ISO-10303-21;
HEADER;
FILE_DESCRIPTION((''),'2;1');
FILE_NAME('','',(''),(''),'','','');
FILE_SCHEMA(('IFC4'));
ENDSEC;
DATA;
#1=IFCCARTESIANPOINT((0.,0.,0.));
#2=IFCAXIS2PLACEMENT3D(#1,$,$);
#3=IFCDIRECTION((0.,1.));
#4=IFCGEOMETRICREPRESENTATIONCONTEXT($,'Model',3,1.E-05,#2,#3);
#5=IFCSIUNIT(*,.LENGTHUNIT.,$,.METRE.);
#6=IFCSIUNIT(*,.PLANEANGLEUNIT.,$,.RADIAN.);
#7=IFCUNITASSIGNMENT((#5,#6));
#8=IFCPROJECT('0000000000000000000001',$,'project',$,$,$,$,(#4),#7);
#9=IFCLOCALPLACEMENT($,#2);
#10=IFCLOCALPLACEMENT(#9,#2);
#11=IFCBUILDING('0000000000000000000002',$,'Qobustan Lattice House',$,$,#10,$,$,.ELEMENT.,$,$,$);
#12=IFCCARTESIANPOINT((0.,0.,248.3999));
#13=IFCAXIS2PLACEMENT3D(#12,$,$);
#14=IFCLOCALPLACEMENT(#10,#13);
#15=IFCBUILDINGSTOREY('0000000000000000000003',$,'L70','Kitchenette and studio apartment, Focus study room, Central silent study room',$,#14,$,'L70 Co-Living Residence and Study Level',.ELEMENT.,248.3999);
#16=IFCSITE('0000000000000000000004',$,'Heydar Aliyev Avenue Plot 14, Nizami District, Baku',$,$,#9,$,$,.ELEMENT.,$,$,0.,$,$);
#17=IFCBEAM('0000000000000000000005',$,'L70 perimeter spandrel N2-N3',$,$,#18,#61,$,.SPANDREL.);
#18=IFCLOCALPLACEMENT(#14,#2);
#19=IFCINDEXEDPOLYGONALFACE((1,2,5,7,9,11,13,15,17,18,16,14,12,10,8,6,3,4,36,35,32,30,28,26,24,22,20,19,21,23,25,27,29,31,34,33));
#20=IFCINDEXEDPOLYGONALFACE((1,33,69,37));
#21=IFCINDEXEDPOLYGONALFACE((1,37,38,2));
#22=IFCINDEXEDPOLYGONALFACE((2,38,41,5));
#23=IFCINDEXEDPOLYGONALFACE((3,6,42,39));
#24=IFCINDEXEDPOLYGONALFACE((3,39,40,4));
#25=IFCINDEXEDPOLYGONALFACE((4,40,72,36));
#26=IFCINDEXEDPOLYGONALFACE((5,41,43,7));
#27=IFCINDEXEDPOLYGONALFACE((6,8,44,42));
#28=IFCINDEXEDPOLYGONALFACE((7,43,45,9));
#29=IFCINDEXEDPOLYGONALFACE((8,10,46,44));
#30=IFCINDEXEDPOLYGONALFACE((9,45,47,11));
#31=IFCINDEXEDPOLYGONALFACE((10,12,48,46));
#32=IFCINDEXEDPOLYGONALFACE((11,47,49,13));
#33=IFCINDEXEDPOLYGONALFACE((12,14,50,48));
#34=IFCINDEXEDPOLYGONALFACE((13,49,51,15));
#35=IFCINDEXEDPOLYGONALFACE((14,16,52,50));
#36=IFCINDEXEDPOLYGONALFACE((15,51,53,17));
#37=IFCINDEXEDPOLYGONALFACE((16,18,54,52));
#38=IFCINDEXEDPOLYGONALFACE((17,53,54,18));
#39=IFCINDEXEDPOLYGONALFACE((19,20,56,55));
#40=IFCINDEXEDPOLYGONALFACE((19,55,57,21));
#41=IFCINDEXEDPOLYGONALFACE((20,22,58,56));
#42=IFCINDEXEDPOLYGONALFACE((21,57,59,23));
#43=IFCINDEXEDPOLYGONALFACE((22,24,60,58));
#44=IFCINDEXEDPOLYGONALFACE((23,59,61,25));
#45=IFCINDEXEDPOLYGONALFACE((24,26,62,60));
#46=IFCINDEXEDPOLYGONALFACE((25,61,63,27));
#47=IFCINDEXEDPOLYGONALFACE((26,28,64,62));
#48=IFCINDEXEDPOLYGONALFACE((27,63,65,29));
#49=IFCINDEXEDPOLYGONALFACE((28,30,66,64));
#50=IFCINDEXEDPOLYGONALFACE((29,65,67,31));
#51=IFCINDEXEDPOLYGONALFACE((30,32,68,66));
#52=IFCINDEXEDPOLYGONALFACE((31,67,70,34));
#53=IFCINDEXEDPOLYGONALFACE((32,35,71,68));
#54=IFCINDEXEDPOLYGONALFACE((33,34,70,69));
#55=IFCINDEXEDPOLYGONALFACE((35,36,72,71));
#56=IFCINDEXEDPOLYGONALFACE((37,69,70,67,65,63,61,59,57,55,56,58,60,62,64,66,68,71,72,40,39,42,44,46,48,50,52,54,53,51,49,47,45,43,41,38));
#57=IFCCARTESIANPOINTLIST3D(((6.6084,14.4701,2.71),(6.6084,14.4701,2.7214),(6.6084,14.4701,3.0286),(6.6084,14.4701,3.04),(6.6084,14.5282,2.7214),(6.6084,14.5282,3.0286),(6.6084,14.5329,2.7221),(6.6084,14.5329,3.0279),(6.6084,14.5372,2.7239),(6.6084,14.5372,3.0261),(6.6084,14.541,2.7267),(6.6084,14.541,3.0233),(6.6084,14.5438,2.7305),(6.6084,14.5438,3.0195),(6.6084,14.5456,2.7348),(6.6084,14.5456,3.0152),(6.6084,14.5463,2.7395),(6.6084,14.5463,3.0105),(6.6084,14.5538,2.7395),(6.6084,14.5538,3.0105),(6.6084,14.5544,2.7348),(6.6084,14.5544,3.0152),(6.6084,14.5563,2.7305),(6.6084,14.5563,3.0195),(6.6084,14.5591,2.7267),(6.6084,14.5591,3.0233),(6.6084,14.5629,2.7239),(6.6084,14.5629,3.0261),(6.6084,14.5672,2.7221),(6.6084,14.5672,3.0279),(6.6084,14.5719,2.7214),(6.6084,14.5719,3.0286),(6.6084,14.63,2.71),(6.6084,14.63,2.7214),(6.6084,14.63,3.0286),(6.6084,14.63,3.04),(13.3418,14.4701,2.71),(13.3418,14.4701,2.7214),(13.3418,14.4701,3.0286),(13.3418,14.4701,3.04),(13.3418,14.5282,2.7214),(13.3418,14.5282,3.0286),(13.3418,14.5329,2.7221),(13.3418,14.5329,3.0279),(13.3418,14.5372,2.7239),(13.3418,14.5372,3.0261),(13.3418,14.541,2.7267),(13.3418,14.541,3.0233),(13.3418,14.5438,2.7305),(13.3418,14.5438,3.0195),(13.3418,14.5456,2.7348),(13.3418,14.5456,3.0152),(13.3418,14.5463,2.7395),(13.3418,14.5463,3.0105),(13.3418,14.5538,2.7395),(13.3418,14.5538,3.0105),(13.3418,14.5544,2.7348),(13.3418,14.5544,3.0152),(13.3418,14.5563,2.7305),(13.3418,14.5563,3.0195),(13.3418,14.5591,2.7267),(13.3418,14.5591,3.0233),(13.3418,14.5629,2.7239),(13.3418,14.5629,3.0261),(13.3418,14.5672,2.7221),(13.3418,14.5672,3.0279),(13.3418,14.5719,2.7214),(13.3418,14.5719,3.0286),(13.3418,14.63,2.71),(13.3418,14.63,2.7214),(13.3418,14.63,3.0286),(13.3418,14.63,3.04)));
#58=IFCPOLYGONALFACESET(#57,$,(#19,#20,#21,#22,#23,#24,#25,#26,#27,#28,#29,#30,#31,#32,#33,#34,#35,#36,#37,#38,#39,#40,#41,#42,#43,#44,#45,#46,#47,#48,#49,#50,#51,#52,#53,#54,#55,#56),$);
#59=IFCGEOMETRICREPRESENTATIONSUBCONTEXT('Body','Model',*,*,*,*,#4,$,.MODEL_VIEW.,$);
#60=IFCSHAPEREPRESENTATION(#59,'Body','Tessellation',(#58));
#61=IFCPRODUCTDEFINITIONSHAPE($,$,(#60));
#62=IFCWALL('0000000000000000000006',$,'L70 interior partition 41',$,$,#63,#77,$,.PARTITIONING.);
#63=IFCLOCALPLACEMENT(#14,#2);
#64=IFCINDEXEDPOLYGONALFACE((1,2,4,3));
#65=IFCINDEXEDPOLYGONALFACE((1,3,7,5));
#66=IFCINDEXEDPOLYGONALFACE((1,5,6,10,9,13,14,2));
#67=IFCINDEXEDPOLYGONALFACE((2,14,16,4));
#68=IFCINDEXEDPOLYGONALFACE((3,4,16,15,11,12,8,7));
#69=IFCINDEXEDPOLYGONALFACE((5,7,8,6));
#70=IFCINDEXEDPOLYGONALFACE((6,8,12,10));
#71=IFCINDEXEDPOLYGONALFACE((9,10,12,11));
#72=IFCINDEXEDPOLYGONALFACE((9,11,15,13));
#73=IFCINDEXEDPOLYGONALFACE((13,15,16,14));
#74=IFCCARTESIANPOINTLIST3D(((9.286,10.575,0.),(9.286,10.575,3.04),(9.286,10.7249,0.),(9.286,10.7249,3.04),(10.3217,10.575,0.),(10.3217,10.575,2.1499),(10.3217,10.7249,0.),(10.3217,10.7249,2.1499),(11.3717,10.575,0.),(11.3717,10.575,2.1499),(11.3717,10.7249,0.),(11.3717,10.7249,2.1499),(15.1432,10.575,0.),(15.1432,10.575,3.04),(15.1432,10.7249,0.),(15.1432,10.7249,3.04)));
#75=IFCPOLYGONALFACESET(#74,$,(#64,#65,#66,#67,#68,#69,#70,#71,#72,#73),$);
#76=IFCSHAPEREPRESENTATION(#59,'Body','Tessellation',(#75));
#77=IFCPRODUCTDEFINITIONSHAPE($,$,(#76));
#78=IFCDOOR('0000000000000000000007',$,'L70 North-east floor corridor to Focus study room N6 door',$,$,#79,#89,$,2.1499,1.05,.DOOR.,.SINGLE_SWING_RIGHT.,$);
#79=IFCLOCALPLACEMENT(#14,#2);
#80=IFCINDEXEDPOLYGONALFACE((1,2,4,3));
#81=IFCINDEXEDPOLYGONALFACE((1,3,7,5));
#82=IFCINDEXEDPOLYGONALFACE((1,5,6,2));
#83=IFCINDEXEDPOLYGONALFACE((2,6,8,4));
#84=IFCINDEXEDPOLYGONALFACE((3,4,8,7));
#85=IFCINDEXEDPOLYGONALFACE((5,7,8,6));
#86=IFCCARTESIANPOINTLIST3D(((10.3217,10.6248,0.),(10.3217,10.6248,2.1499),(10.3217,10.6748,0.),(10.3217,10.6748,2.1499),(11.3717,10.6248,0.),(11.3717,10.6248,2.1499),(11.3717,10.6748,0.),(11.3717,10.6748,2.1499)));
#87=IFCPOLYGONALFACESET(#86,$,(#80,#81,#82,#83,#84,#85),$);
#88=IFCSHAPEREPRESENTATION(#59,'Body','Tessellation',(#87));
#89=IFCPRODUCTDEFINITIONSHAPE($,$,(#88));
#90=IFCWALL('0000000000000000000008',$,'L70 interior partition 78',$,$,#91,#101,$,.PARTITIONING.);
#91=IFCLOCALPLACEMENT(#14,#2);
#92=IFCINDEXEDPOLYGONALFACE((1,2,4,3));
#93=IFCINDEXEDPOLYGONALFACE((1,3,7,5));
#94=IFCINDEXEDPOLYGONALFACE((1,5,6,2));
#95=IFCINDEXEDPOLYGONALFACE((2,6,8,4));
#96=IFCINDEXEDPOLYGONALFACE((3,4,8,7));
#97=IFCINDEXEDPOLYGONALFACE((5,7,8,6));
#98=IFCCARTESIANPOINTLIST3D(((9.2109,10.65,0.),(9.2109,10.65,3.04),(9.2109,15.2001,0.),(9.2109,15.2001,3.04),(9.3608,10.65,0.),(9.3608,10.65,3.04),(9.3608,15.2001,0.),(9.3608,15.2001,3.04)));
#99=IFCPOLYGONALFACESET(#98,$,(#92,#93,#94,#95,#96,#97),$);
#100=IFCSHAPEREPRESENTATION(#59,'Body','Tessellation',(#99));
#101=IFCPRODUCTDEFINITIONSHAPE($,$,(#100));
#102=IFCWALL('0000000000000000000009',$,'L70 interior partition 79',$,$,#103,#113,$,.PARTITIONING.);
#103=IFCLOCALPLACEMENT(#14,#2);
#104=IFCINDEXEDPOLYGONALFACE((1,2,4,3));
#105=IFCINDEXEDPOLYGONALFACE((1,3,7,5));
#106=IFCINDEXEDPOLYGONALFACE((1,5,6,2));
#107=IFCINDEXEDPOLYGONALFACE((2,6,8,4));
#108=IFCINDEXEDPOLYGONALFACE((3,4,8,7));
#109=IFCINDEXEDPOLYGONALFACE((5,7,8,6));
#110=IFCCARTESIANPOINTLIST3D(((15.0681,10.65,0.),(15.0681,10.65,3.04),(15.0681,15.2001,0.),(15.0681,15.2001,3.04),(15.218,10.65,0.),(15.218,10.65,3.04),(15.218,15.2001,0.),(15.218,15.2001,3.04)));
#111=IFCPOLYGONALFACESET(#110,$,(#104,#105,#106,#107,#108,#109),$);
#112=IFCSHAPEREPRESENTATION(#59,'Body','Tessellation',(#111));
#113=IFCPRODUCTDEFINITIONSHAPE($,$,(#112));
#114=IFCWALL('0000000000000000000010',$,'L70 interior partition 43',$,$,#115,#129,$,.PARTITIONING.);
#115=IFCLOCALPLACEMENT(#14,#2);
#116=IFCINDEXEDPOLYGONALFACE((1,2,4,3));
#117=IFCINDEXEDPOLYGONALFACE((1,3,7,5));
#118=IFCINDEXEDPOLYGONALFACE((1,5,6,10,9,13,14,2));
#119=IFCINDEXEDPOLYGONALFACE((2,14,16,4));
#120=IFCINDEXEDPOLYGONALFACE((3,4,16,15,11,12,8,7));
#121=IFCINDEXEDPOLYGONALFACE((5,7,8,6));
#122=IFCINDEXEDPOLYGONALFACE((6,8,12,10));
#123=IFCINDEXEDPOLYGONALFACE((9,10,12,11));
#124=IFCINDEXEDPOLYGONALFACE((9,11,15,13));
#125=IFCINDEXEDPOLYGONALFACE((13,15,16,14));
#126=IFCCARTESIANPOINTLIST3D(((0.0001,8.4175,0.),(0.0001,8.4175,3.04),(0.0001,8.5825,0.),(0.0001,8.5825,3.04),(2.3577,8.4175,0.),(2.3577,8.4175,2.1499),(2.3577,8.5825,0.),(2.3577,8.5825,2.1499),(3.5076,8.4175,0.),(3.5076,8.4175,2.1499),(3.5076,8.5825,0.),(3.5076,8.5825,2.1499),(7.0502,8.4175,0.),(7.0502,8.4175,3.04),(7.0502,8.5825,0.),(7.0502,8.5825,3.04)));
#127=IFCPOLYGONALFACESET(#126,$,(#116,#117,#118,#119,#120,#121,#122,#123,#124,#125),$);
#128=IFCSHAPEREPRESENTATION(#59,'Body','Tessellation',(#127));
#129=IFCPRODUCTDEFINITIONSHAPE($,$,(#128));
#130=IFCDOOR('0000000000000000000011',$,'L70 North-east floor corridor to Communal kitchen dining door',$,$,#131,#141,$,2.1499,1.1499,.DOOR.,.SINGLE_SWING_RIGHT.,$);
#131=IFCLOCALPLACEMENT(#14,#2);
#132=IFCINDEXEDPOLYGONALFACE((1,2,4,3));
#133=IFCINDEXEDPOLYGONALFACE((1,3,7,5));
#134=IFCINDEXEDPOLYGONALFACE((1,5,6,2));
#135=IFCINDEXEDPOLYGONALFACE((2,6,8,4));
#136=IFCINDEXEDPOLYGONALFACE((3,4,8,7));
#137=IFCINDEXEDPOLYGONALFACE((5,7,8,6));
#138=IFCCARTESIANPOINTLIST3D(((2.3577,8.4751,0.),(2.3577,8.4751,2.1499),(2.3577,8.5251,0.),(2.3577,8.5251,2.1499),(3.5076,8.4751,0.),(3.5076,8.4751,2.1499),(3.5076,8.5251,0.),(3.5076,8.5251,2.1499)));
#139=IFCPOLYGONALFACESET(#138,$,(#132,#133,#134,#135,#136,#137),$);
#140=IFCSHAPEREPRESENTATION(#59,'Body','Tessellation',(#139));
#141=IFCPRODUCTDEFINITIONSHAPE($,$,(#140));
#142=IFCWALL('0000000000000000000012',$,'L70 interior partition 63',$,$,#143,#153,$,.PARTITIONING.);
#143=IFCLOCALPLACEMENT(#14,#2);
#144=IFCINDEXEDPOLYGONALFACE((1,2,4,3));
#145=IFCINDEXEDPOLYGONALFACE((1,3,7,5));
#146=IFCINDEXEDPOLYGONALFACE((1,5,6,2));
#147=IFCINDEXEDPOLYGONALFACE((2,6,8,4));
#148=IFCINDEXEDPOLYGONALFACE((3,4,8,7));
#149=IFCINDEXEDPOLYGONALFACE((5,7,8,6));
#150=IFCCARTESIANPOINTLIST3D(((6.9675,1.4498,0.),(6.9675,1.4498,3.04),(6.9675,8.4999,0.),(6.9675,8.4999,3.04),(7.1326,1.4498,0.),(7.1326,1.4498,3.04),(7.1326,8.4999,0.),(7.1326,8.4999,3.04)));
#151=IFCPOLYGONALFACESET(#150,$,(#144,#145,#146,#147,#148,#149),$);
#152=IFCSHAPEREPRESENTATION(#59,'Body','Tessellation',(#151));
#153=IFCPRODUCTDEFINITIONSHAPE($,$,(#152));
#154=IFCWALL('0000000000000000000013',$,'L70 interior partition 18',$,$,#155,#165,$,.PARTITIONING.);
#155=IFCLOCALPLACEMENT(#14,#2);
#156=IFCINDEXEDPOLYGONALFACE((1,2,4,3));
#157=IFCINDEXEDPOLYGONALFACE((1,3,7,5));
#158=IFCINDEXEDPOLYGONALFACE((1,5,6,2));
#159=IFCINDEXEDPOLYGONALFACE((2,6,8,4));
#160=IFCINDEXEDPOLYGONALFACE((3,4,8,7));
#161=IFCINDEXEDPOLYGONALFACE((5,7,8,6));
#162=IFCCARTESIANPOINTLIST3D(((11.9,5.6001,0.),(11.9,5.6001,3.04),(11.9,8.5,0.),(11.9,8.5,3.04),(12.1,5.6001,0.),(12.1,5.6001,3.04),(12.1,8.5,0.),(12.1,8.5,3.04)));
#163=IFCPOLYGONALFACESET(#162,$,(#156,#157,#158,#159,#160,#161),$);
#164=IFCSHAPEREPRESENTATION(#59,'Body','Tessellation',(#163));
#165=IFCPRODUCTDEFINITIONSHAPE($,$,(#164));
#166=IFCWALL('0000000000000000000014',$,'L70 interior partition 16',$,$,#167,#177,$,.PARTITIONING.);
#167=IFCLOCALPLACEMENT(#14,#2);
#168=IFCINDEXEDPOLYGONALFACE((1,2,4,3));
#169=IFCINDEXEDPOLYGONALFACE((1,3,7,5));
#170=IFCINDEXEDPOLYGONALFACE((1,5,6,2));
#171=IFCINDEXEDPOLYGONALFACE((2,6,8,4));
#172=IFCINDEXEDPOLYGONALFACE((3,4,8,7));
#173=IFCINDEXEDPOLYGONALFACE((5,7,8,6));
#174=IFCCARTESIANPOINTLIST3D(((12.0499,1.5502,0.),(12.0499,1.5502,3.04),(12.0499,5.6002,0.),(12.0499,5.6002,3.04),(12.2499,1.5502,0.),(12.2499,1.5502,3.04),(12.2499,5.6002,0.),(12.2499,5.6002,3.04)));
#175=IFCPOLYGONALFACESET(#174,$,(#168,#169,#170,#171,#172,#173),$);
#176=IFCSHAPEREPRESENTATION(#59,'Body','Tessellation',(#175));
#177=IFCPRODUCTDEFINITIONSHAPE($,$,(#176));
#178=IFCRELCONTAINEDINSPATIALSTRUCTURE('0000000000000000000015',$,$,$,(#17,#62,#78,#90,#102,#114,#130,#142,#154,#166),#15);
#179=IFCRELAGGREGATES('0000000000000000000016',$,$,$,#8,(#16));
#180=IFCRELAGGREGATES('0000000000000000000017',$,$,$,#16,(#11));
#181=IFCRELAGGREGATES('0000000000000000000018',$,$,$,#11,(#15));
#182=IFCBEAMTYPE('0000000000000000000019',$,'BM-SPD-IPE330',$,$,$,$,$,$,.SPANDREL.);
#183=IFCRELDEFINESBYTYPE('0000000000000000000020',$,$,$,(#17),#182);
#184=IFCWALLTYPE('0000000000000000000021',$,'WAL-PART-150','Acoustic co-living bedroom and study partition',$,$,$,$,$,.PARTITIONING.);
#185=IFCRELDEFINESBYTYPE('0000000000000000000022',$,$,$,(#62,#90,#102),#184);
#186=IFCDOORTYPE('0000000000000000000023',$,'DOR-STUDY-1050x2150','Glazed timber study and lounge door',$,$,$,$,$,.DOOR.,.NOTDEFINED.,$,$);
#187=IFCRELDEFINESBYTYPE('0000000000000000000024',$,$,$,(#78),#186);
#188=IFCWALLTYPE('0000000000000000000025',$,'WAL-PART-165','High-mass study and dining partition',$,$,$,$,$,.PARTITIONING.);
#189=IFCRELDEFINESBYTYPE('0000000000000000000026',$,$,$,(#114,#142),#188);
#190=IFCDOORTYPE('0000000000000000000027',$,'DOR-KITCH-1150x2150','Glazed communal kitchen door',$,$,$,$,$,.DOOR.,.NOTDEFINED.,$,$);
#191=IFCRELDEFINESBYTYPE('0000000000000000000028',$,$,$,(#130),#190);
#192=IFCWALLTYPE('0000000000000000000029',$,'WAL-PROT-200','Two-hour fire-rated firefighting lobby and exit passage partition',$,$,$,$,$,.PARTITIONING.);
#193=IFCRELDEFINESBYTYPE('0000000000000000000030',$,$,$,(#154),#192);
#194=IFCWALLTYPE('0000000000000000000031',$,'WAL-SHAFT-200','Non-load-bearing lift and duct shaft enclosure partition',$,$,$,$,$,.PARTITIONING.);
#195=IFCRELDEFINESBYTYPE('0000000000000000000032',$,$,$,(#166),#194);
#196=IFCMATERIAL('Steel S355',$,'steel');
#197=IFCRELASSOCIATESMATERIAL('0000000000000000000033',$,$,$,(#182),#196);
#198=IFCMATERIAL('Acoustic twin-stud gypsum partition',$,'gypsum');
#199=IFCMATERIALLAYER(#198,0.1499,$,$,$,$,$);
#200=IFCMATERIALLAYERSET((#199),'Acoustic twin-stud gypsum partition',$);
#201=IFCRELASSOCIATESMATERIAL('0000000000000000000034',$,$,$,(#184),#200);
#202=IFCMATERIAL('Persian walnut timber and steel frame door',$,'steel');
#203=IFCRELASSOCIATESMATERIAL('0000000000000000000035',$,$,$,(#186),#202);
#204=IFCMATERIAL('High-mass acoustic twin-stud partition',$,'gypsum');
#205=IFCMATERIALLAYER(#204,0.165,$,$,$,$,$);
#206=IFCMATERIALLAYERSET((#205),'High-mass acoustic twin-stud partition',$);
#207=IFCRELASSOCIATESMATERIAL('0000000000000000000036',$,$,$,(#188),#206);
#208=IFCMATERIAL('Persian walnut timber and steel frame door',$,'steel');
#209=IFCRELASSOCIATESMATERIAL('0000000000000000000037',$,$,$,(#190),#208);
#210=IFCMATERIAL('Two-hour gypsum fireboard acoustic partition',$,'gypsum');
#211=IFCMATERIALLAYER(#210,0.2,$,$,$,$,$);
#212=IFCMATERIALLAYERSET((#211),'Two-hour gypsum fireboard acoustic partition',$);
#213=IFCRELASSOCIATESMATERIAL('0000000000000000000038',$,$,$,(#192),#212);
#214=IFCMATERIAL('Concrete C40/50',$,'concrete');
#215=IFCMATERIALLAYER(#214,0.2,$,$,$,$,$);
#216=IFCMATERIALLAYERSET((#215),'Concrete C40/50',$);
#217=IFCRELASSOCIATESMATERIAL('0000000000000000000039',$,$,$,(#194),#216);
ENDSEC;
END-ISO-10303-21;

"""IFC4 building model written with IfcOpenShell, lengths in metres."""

from ifc_helpers import new_model, si_unit, direction, frame, frame_2d, origin, origin_2d, place, context, subcontext, project, spatial, rectangle, i_section, extrude, material, layer, layer_set, material_profile, profile_set, type_object, element, fill, save


model = new_model("IFC4")

# Units and contexts
model_context = context("Model", 3, precision=1e-05, world=origin(), true_north=direction((0.0, 1.0)))
body_context = subcontext(model_context, "Body", "Model", "MODEL_VIEW")
ifc_project = project(units=[si_unit("LENGTHUNIT", "METRE"), si_unit("PLANEANGLEUNIT", "RADIAN")], contexts=[model_context])

# Site, building, storey
site_placement = place(None, origin())
site = spatial("IfcSite", under=ifc_project, at=site_placement, Name="Heydar Aliyev Avenue Plot 14, Nizami District, Baku", CompositionType="ELEMENT", RefElevation=0.0)
building_placement = place(site_placement, origin())
building = spatial("IfcBuilding", under=site, at=building_placement, Name="Qobustan Lattice House", CompositionType="ELEMENT")
storey_placement = place(building_placement, frame((0.0, 0.0, 248.3999)))
storey = spatial("IfcBuildingStorey", under=building, at=storey_placement, Name="L70", Description="Kitchenette and studio apartment, Focus study room, Central silent study room", LongName="L70 Co-Living Residence and Study Level", CompositionType="ELEMENT", Elevation=248.3999)

# Beam
ifc_material_1 = material(Name="Steel S355", Category="steel")
ifc_material_profile_1 = material_profile(ifc_material_1, i_section(OverallWidth=0.1599, OverallDepth=0.3301, WebThickness=0.0076, FlangeThickness=0.0115, FilletRadius=0.0181, at=origin_2d()), Name="IPE330")
ifc_profile_set_1 = profile_set([ifc_material_profile_1], Name="Steel S355")
beam_type_1 = type_object("IfcBeamType", Name="BM-SPD-IPE330", PredefinedType="SPANDREL", material=ifc_profile_set_1)
beam_1_placement = place(storey_placement, frame((13.3418, 14.55, 2.875), z_axis=(-1.0, 0.0, 0.0), x_axis=(0.0, -1.0, 0.0)))
element("IfcBeam", 1, at=beam_1_placement, inside=storey, type_object=beam_type_1, Name="L70 perimeter spandrel N2-N3", PredefinedType="SPANDREL", context=body_context, shape_type="SweptSolid", body=[
    extrude(i_section(OverallWidth=0.1599, OverallDepth=0.3301, WebThickness=0.0076, FlangeThickness=0.0115, FilletRadius=0.0181, at=origin_2d()), origin(), (0.0, 0.0, 1.0), 6.7334),
])

# Wall, opening, door
ifc_material_2 = material(Name="Acoustic twin-stud gypsum partition", Category="gypsum")
ifc_layer_1 = layer(ifc_material_2, 0.1499)
ifc_layer_set_1 = layer_set([ifc_layer_1], Name="Acoustic twin-stud gypsum partition")
wall_type_1 = type_object("IfcWallType", Name="WAL-PART-150", Description="Acoustic co-living bedroom and study partition", PredefinedType="PARTITIONING", material=ifc_layer_set_1)
wall_1_placement = place(storey_placement, frame((9.2859, 10.6499, 0.0), z_axis=(0.0, 0.0, 1.0), x_axis=(1.0, 0.0, 0.0)))
wall_1 = element("IfcWall", 2, at=wall_1_placement, inside=storey, type_object=wall_type_1, Name="L70 interior partition 41", PredefinedType="PARTITIONING", context=body_context, shape_type="SweptSolid", body=[
    extrude(rectangle(XDim=5.8572, YDim=0.1499, at=frame_2d((2.9287, 0.0))), origin(), (0.0, 0.0, 1.0), 3.04),
])
opening_1_placement = place(wall_1_placement, frame((1.0359, 0.0, 0.0)))
opening_1 = element("IfcOpeningElement", 3, at=opening_1_placement, cuts=wall_1, PredefinedType="OPENING", context=body_context, shape_type="SweptSolid", body=[
    extrude(rectangle(XDim=1.05, YDim=2.1499, at=frame_2d((0.5249, 1.075))), frame((0.0, 0.085, 0.0), z_axis=(0.0, -1.0, 0.0), x_axis=(1.0, 0.0, 0.0)), (0.0, 0.0, 1.0), 0.1699),
])
ifc_material_3 = material(Name="Persian walnut timber and steel frame door", Category="steel")
door_type_1 = type_object("IfcDoorType", Name="DOR-STUDY-1050x2150", Description="Glazed timber study and lounge door", OperationType="NOTDEFINED", PredefinedType="DOOR", material=ifc_material_3)
door_1_placement = place(opening_1_placement, origin())
door_1 = element("IfcDoor", 4, at=door_1_placement, inside=storey, type_object=door_type_1, Name="L70 North-east floor corridor to Focus study room N6 door", OperationType="SINGLE_SWING_RIGHT", OverallHeight=2.1499, OverallWidth=1.05, PredefinedType="DOOR", context=body_context, shape_type="SweptSolid", body=[
    extrude(rectangle(XDim=1.05, YDim=2.1499, at=frame_2d((0.5249, 1.075))), frame((0.0, 0.0249, 0.0), z_axis=(0.0, -1.0, 0.0), x_axis=(1.0, 0.0, 0.0)), (0.0, 0.0, 1.0), 0.05),
])
fill(opening_1, door_1)

# Walls
for number, where, z_axis, x_axis, name in (
    (5, (9.2859, 15.2, 0.0), (0.0, 0.0, 1.0), (0.0, -1.0, 0.0), "L70 interior partition 78"),
    (6, (15.1431, 15.2, 0.0), (0.0, 0.0, 1.0), (0.0, -1.0, 0.0), "L70 interior partition 79"),
):
    element("IfcWall", number, at=place(storey_placement, frame(where, z_axis=z_axis, x_axis=x_axis)), inside=storey, type_object=wall_type_1, Name=name, PredefinedType="PARTITIONING", context=body_context, shape_type="SweptSolid", body=[
        extrude(rectangle(XDim=4.55, YDim=0.1499, at=frame_2d((2.2749, 0.0))), origin(), (0.0, 0.0, 1.0), 3.04),
    ])

# Wall, opening, door
ifc_material_4 = material(Name="High-mass acoustic twin-stud partition", Category="gypsum")
ifc_layer_2 = layer(ifc_material_4, 0.165)
ifc_layer_set_2 = layer_set([ifc_layer_2], Name="High-mass acoustic twin-stud partition")
wall_type_2 = type_object("IfcWallType", Name="WAL-PART-165", Description="High-mass study and dining partition", PredefinedType="PARTITIONING", material=ifc_layer_set_2)
wall_2_placement = place(storey_placement, frame((7.05, 8.5, 0.0), z_axis=(0.0, 0.0, 1.0), x_axis=(-1.0, 0.0, 0.0)))
wall_2 = element("IfcWall", 7, at=wall_2_placement, inside=storey, type_object=wall_type_2, Name="L70 interior partition 43", PredefinedType="PARTITIONING", context=body_context, shape_type="SweptSolid", body=[
    extrude(rectangle(XDim=7.05, YDim=0.165, at=frame_2d((3.5249, 0.0))), origin(), (0.0, 0.0, 1.0), 3.04),
])
opening_2_placement = place(wall_2_placement, frame((3.5425, 0.0, 0.0)))
opening_2 = element("IfcOpeningElement", 8, at=opening_2_placement, cuts=wall_2, PredefinedType="OPENING", context=body_context, shape_type="SweptSolid", body=[
    extrude(rectangle(XDim=1.1499, YDim=2.1499, at=frame_2d((0.575, 1.075))), frame((0.0, 0.0925, 0.0), z_axis=(0.0, -1.0, 0.0), x_axis=(1.0, 0.0, 0.0)), (0.0, 0.0, 1.0), 0.1851),
])
ifc_material_5 = material(Name="Persian walnut timber and steel frame door", Category="steel")
door_type_2 = type_object("IfcDoorType", Name="DOR-KITCH-1150x2150", Description="Glazed communal kitchen door", OperationType="NOTDEFINED", PredefinedType="DOOR", material=ifc_material_5)
door_2_placement = place(opening_2_placement, origin())
door_2 = element("IfcDoor", 9, at=door_2_placement, inside=storey, type_object=door_type_2, Name="L70 North-east floor corridor to Communal kitchen dining door", OperationType="SINGLE_SWING_RIGHT", OverallHeight=2.1499, OverallWidth=1.1499, PredefinedType="DOOR", context=body_context, shape_type="SweptSolid", body=[
    extrude(rectangle(XDim=1.1499, YDim=2.1499, at=frame_2d((0.575, 1.075))), frame((0.0, 0.0249, 0.0), z_axis=(0.0, -1.0, 0.0), x_axis=(1.0, 0.0, 0.0)), (0.0, 0.0, 1.0), 0.05),
])
fill(opening_2, door_2)

# Walls
wall_3_placement = place(storey_placement, frame((7.05, 1.45, 0.0), z_axis=(0.0, 0.0, 1.0), x_axis=(0.0, 1.0, 0.0)))
element("IfcWall", 10, at=wall_3_placement, inside=storey, type_object=wall_type_2, Name="L70 interior partition 63", PredefinedType="PARTITIONING", context=body_context, shape_type="SweptSolid", body=[
    extrude(rectangle(XDim=7.05, YDim=0.165, at=frame_2d((3.5249, 0.0))), origin(), (0.0, 0.0, 1.0), 3.04),
])
ifc_material_6 = material(Name="Two-hour gypsum fireboard acoustic partition", Category="gypsum")
ifc_layer_3 = layer(ifc_material_6, 0.2)
ifc_layer_set_3 = layer_set([ifc_layer_3], Name="Two-hour gypsum fireboard acoustic partition")
wall_type_3 = type_object("IfcWallType", Name="WAL-PROT-200", Description="Two-hour fire-rated firefighting lobby and exit passage partition", PredefinedType="PARTITIONING", material=ifc_layer_set_3)
wall_4_placement = place(storey_placement, frame((12.0, 8.5, 0.0), z_axis=(0.0, 0.0, 1.0), x_axis=(0.0, -1.0, 0.0)))
element("IfcWall", 11, at=wall_4_placement, inside=storey, type_object=wall_type_3, Name="L70 interior partition 18", PredefinedType="PARTITIONING", context=body_context, shape_type="SweptSolid", body=[
    extrude(rectangle(XDim=2.8999, YDim=0.2, at=frame_2d((1.45, 0.0))), origin(), (0.0, 0.0, 1.0), 3.04),
])
ifc_material_7 = material(Name="Concrete C40/50", Category="concrete")
ifc_layer_4 = layer(ifc_material_7, 0.2)
ifc_layer_set_4 = layer_set([ifc_layer_4], Name="Concrete C40/50")
wall_type_4 = type_object("IfcWallType", Name="WAL-SHAFT-200", Description="Non-load-bearing lift and duct shaft enclosure partition", PredefinedType="PARTITIONING", material=ifc_layer_set_4)
wall_5_placement = place(storey_placement, frame((12.1499, 5.6001, 0.0), z_axis=(0.0, 0.0, 1.0), x_axis=(0.0, -1.0, 0.0)))
element("IfcWall", 12, at=wall_5_placement, inside=storey, type_object=wall_type_4, Name="L70 interior partition 16", PredefinedType="PARTITIONING", context=body_context, shape_type="SweptSolid", body=[
    extrude(rectangle(XDim=4.05, YDim=0.2, at=frame_2d((2.0249, 0.0))), origin(), (0.0, 0.0, 1.0), 3.04),
])

save(model, "model.ifc")
